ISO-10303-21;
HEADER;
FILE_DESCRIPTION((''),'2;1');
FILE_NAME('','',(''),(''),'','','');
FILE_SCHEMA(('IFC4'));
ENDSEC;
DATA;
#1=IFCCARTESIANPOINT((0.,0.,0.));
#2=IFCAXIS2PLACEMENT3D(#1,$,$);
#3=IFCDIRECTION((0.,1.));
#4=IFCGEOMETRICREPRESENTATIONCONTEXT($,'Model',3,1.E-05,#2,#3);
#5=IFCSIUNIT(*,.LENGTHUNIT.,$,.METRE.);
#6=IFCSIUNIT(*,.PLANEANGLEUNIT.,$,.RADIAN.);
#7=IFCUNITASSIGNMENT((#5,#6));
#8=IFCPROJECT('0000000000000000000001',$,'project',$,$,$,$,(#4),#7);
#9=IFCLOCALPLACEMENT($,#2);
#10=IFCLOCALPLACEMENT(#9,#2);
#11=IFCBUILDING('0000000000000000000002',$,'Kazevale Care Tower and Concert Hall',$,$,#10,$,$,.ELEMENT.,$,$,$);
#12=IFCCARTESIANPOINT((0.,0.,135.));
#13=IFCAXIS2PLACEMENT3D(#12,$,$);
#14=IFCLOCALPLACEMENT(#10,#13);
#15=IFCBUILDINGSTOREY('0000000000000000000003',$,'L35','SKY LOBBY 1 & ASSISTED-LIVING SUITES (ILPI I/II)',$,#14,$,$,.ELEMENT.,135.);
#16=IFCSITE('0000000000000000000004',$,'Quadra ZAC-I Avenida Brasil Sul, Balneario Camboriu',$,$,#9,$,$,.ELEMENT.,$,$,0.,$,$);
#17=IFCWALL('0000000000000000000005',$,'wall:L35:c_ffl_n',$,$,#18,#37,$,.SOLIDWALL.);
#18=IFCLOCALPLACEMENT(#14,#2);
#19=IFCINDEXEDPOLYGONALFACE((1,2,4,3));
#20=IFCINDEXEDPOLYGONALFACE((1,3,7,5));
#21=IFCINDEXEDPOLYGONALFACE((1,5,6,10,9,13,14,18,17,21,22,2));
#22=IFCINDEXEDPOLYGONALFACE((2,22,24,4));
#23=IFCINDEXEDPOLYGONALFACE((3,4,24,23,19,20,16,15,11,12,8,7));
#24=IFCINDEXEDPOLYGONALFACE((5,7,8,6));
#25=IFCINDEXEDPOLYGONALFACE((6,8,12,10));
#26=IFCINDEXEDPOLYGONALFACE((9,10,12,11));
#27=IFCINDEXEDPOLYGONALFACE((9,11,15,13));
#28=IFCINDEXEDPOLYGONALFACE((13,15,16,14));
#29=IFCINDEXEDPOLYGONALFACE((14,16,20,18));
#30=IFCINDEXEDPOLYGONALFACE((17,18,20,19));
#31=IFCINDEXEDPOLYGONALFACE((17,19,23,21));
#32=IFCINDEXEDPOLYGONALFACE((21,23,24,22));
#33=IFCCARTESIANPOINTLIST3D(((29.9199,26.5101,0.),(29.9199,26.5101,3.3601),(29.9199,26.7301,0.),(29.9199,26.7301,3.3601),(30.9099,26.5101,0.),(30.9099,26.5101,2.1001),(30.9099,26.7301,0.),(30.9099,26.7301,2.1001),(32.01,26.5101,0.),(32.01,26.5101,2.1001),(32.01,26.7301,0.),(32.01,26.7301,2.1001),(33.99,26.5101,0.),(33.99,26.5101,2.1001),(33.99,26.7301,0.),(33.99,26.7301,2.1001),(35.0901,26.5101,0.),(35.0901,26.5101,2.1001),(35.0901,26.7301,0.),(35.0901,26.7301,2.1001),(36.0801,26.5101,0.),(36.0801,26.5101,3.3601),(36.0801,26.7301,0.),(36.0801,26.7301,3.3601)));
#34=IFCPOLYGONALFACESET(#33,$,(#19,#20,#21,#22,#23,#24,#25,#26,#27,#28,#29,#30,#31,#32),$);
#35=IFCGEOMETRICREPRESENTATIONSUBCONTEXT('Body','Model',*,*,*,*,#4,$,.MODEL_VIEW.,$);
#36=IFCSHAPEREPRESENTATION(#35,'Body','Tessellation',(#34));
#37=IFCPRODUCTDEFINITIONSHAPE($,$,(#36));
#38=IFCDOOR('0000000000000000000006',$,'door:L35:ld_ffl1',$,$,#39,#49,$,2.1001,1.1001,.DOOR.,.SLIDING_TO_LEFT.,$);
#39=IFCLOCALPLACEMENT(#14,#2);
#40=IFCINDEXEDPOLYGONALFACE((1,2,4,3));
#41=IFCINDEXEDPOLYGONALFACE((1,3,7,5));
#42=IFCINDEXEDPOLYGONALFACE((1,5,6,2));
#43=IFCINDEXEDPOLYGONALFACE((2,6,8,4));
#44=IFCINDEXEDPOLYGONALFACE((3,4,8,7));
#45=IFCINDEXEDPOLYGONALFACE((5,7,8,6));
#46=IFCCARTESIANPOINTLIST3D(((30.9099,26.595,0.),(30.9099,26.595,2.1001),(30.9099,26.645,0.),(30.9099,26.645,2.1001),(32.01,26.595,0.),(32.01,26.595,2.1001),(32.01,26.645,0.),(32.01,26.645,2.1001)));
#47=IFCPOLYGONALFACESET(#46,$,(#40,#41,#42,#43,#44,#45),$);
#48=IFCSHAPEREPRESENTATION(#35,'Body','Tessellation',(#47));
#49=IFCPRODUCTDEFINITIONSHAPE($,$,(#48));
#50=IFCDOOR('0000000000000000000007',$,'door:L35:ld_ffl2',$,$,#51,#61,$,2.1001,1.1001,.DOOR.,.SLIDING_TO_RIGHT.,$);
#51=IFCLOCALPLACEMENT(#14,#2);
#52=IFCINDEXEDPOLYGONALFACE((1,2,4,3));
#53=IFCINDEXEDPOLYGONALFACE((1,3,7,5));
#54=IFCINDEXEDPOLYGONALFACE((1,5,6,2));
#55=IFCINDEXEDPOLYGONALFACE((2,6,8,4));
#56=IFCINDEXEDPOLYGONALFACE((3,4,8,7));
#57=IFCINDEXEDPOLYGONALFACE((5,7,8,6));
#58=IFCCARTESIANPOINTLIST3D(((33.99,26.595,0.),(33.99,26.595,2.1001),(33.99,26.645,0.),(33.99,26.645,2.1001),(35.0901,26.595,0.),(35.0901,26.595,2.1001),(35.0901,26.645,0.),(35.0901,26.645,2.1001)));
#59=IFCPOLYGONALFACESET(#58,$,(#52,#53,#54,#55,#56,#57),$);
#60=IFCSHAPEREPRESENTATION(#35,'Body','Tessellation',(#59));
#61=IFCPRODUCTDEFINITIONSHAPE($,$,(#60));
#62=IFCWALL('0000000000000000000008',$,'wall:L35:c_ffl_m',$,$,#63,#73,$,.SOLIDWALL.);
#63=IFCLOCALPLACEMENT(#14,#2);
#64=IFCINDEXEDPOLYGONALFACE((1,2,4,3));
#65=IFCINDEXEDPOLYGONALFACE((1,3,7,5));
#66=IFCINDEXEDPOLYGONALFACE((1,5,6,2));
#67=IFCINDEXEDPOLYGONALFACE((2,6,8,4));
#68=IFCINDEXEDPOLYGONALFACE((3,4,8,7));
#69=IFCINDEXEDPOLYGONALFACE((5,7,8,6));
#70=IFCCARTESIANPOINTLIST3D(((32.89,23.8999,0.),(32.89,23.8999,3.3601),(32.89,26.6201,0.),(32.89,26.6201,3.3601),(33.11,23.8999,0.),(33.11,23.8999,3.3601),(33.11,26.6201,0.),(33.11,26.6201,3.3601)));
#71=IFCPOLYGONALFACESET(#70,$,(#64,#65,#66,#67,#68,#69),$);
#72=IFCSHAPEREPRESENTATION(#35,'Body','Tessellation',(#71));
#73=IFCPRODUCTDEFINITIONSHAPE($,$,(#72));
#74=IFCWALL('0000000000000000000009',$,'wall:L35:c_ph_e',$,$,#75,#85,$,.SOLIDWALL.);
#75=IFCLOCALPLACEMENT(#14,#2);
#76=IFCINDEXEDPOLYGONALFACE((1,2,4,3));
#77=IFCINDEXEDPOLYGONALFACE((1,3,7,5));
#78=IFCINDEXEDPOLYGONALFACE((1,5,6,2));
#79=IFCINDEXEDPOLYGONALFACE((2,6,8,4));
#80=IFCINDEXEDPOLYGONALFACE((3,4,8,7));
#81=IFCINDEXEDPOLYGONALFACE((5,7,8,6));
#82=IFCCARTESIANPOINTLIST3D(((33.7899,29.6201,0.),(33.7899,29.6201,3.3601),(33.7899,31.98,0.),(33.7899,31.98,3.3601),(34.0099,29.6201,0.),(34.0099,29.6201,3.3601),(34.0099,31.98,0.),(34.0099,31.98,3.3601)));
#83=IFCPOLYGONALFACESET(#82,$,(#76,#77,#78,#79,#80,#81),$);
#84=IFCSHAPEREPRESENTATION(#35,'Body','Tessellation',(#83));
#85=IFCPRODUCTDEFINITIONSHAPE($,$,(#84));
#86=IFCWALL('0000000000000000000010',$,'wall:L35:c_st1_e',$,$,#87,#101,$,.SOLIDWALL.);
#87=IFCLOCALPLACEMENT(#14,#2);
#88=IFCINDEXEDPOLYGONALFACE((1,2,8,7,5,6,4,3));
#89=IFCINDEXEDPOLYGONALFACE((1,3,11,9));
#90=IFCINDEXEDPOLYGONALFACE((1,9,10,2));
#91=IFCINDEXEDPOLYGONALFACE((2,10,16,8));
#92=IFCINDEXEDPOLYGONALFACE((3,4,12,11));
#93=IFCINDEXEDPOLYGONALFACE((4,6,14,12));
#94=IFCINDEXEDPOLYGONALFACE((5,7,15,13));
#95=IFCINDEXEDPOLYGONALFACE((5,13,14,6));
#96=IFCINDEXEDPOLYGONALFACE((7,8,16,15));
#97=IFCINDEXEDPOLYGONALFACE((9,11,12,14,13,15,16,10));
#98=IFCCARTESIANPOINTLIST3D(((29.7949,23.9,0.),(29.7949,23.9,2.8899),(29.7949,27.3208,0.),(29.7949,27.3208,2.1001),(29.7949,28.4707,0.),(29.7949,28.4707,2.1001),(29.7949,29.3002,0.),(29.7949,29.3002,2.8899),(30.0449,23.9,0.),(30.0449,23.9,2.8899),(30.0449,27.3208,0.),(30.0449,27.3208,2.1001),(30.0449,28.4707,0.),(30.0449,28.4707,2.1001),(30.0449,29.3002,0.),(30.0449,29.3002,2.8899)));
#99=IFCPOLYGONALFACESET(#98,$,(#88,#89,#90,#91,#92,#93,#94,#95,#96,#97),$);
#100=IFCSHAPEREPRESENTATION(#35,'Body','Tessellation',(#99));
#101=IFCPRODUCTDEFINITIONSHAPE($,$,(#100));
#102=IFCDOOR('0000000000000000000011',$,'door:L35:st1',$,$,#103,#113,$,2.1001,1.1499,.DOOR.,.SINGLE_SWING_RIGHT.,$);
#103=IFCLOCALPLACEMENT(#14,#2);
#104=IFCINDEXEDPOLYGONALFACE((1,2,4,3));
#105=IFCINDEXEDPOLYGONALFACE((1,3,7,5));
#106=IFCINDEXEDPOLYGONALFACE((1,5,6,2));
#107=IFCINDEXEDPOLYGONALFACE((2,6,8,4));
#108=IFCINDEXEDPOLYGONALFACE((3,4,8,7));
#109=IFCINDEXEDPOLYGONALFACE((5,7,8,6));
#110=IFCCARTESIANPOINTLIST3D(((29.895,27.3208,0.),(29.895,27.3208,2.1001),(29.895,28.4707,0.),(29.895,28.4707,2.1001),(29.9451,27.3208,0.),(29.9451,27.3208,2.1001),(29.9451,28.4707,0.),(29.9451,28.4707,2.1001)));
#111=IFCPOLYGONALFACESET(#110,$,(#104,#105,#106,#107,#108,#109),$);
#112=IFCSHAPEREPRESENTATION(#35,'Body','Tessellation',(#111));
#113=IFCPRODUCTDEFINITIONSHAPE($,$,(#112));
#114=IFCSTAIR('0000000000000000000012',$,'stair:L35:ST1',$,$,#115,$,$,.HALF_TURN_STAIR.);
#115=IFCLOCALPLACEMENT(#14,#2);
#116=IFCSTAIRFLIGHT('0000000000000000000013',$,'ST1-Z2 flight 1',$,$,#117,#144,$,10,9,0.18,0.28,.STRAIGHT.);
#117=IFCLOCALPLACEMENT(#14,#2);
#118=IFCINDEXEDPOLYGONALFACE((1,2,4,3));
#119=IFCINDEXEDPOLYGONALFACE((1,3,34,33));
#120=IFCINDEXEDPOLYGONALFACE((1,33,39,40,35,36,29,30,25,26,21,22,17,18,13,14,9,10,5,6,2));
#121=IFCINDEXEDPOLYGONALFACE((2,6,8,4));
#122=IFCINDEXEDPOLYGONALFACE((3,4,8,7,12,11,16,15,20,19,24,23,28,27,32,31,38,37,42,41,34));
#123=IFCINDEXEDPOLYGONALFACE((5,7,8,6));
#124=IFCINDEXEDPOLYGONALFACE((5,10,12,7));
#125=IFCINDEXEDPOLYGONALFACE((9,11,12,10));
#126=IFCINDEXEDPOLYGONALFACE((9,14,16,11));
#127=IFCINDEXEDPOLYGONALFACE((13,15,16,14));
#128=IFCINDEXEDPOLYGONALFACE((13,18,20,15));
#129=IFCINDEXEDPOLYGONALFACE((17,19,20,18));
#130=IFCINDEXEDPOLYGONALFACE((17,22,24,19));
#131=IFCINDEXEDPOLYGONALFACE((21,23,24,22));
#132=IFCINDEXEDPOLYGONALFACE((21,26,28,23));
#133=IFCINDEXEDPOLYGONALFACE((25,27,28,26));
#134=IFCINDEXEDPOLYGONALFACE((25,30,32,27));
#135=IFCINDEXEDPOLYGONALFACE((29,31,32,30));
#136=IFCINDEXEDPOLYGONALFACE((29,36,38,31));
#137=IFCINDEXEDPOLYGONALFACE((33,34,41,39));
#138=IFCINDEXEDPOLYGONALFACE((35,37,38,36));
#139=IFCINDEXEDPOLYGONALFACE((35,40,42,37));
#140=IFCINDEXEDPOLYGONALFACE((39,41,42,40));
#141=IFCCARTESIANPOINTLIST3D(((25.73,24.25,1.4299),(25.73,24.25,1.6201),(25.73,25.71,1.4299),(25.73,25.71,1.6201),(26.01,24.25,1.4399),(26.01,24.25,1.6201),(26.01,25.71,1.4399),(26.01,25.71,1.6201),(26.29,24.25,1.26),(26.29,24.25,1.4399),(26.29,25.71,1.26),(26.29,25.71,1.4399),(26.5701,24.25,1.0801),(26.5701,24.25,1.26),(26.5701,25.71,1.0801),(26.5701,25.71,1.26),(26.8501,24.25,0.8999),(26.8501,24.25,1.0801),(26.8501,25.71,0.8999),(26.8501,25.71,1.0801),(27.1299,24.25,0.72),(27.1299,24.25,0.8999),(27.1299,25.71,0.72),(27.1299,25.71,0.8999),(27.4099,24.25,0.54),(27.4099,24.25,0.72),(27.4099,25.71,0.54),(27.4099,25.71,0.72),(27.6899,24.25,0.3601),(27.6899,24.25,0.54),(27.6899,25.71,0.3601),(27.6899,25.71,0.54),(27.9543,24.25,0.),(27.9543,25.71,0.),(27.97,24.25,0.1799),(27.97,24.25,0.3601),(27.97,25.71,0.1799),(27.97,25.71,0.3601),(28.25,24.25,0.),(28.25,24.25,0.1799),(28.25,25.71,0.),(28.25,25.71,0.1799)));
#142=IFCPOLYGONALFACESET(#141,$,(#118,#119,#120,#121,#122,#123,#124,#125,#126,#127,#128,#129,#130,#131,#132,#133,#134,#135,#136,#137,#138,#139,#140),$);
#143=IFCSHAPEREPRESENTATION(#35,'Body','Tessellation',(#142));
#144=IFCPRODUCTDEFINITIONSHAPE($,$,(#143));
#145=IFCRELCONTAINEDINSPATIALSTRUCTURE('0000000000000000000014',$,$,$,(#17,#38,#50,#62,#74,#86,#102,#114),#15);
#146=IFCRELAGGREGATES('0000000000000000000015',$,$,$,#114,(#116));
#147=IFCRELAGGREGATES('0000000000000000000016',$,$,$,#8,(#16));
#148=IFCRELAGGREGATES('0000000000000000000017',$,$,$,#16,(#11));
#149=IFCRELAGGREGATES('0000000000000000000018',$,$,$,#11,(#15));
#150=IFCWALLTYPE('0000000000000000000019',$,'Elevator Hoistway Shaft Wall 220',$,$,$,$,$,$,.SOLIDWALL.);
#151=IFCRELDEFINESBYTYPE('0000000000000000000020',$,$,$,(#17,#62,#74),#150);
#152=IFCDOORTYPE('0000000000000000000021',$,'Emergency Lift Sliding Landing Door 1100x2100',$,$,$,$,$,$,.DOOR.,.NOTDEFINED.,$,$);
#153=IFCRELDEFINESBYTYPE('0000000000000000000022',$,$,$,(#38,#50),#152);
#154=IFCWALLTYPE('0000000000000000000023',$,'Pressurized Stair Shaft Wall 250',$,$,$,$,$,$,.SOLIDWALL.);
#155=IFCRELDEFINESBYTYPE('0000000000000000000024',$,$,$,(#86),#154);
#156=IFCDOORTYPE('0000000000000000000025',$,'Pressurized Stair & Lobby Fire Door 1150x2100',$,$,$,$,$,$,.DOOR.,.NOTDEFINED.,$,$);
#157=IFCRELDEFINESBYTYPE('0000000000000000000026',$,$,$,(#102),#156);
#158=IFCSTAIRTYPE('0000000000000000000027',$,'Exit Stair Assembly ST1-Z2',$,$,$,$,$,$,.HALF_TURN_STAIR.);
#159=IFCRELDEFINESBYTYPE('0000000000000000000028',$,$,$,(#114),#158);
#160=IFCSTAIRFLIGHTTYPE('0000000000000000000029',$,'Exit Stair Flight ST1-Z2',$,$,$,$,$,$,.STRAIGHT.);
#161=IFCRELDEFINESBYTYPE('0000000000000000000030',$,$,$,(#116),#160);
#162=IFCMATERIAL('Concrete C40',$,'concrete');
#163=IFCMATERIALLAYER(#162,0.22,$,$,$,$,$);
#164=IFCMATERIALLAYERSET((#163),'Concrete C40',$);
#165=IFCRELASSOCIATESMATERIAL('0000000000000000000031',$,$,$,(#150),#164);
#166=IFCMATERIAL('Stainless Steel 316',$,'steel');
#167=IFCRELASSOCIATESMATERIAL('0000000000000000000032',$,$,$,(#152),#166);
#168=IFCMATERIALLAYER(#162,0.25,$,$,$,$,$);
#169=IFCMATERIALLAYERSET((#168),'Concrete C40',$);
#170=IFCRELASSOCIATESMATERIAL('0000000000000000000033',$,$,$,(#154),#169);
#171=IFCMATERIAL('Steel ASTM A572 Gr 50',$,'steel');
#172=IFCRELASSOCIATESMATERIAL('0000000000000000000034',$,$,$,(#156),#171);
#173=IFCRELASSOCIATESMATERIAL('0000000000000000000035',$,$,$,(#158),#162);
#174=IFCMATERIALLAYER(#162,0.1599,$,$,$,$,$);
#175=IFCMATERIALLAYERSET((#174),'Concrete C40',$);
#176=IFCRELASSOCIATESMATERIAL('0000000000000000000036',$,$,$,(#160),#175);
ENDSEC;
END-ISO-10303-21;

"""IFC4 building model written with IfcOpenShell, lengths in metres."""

from ifc_helpers import new_model, si_unit, direction, frame, frame_2d, origin, place, context, subcontext, project, spatial, polyline, rectangle, outline, extrude, material, layer, layer_set, type_object, element, fill, aggregate, save


model = new_model("IFC4")

# Units and contexts
model_context = context("Model", 3, precision=1e-05, world=origin(), true_north=direction((0.0, 1.0)))
body_context = subcontext(model_context, "Body", "Model", "MODEL_VIEW")
ifc_project = project(units=[si_unit("LENGTHUNIT", "METRE"), si_unit("PLANEANGLEUNIT", "RADIAN")], contexts=[model_context])

# Site, building, storey
site_placement = place(None, origin())
site = spatial("IfcSite", under=ifc_project, at=site_placement, Name="Quadra ZAC-I Avenida Brasil Sul, Balneario Camboriu", CompositionType="ELEMENT", RefElevation=0.0)
building_placement = place(site_placement, origin())
building = spatial("IfcBuilding", under=site, at=building_placement, Name="Kazevale Care Tower and Concert Hall", CompositionType="ELEMENT")
storey_placement = place(building_placement, frame((0.0, 0.0, 135.0)))
storey = spatial("IfcBuildingStorey", under=building, at=storey_placement, Name="L35", Description="SKY LOBBY 1 & ASSISTED-LIVING SUITES (ILPI I/II)", CompositionType="ELEMENT", Elevation=135.0)

# Shared definitions
ifc_material_1 = material(Name="Steel ASTM A572 Gr 50", Category="steel")

# Wall, openings, doors
ifc_material_2 = material(Name="Concrete C40", Category="concrete")
ifc_layer_1 = layer(ifc_material_2, 0.22)
ifc_layer_set_1 = layer_set([ifc_layer_1], Name="Concrete C40")
wall_type_1 = type_object("IfcWallType", Name="Elevator Hoistway Shaft Wall 220", PredefinedType="SOLIDWALL", material=ifc_layer_set_1)
wall_1_placement = place(storey_placement, frame((29.9199, 26.6201, 0.0), z_axis=(0.0, 0.0, 1.0), x_axis=(1.0, 0.0, 0.0)))
wall_1 = element("IfcWall", 1, at=wall_1_placement, inside=storey, type_object=wall_type_1, Name="wall:L35:c_ffl_n", PredefinedType="SOLIDWALL", context=body_context, shape_type="SweptSolid", body=[
    extrude(rectangle(XDim=6.1602, YDim=0.22, at=frame_2d((3.0801, 0.0))), origin(), (0.0, 0.0, 1.0), 3.3601),
])
opening_1_placement = place(wall_1_placement, frame((0.99, 0.0, 0.0)))
opening_1 = element("IfcOpeningElement", 2, at=opening_1_placement, cuts=wall_1, PredefinedType="OPENING", context=body_context, shape_type="SweptSolid", body=[
    extrude(rectangle(XDim=1.1001, YDim=2.1001, at=frame_2d((0.55, 1.05))), frame((0.0, 0.1199, 0.0), z_axis=(0.0, -1.0, 0.0), x_axis=(1.0, 0.0, 0.0)), (0.0, 0.0, 1.0), 0.24),
])
opening_2_placement = place(wall_1_placement, frame((4.0701, 0.0, 0.0)))
opening_2 = element("IfcOpeningElement", 3, at=opening_2_placement, cuts=wall_1, PredefinedType="OPENING", context=body_context, shape_type="SweptSolid", body=[
    extrude(rectangle(XDim=1.1001, YDim=2.1001, at=frame_2d((0.55, 1.05))), frame((0.0, 0.1199, 0.0), z_axis=(0.0, -1.0, 0.0), x_axis=(1.0, 0.0, 0.0)), (0.0, 0.0, 1.0), 0.24),
])
ifc_material_3 = material(Name="Stainless Steel 316", Category="steel")
door_type_1 = type_object("IfcDoorType", Name="Emergency Lift Sliding Landing Door 1100x2100", OperationType="NOTDEFINED", PredefinedType="DOOR", material=ifc_material_3)
door_1_placement = place(opening_1_placement, origin())
door_1 = element("IfcDoor", 4, at=door_1_placement, inside=storey, type_object=door_type_1, Name="door:L35:ld_ffl1", OperationType="SLIDING_TO_LEFT", OverallHeight=2.1001, OverallWidth=1.1001, PredefinedType="DOOR", context=body_context, shape_type="SweptSolid", body=[
    extrude(rectangle(XDim=1.1001, YDim=2.1001, at=frame_2d((0.55, 1.05))), frame((0.0, 0.0249, 0.0), z_axis=(0.0, -1.0, 0.0), x_axis=(1.0, 0.0, 0.0)), (0.0, 0.0, 1.0), 0.05),
])
fill(opening_1, door_1)
door_2_placement = place(opening_2_placement, origin())
door_2 = element("IfcDoor", 5, at=door_2_placement, inside=storey, type_object=door_type_1, Name="door:L35:ld_ffl2", OperationType="SLIDING_TO_RIGHT", OverallHeight=2.1001, OverallWidth=1.1001, PredefinedType="DOOR", context=body_context, shape_type="SweptSolid", body=[
    extrude(rectangle(XDim=1.1001, YDim=2.1001, at=frame_2d((0.55, 1.05))), frame((0.0, 0.0249, 0.0), z_axis=(0.0, -1.0, 0.0), x_axis=(1.0, 0.0, 0.0)), (0.0, 0.0, 1.0), 0.05),
])
fill(opening_2, door_2)

# Walls
wall_2_placement = place(storey_placement, frame((33.0, 23.8999, 0.0), z_axis=(0.0, 0.0, 1.0), x_axis=(0.0, 1.0, 0.0)))
element("IfcWall", 6, at=wall_2_placement, inside=storey, type_object=wall_type_1, Name="wall:L35:c_ffl_m", PredefinedType="SOLIDWALL", context=body_context, shape_type="SweptSolid", body=[
    extrude(rectangle(XDim=2.7202, YDim=0.22, at=frame_2d((1.3601, 0.0))), origin(), (0.0, 0.0, 1.0), 3.3601),
])
wall_3_placement = place(storey_placement, frame((33.8999, 29.6201, 0.0), z_axis=(0.0, 0.0, 1.0), x_axis=(0.0, 1.0, 0.0)))
element("IfcWall", 7, at=wall_3_placement, inside=storey, type_object=wall_type_1, Name="wall:L35:c_ph_e", PredefinedType="SOLIDWALL", context=body_context, shape_type="SweptSolid", body=[
    extrude(rectangle(XDim=2.3599, YDim=0.22, at=frame_2d((1.1799, 0.0))), origin(), (0.0, 0.0, 1.0), 3.3601),
])

# Wall, opening, door
ifc_layer_2 = layer(ifc_material_2, 0.25)
ifc_layer_set_2 = layer_set([ifc_layer_2], Name="Concrete C40")
wall_type_2 = type_object("IfcWallType", Name="Pressurized Stair Shaft Wall 250", PredefinedType="SOLIDWALL", material=ifc_layer_set_2)
wall_4_placement = place(storey_placement, frame((29.9199, 23.8999, 0.0), z_axis=(0.0, 0.0, 1.0), x_axis=(0.0, 1.0, 0.0)))
wall_4 = element("IfcWall", 8, at=wall_4_placement, inside=storey, type_object=wall_type_2, Name="wall:L35:c_st1_e", PredefinedType="SOLIDWALL", context=body_context, shape_type="SweptSolid", body=[
    extrude(rectangle(XDim=5.4001, YDim=0.25, at=frame_2d((2.7002, 0.0))), origin(), (0.0, 0.0, 1.0), 2.8899),
])
opening_3_placement = place(wall_4_placement, frame((3.4209, 0.0, 0.0)))
opening_3 = element("IfcOpeningElement", 9, at=opening_3_placement, cuts=wall_4, PredefinedType="OPENING", context=body_context, shape_type="SweptSolid", body=[
    extrude(rectangle(XDim=1.1499, YDim=2.1001, at=frame_2d((0.575, 1.05))), frame((0.0, 0.135, 0.0), z_axis=(0.0, -1.0, 0.0), x_axis=(1.0, 0.0, 0.0)), (0.0, 0.0, 1.0), 0.27),
])
door_type_2 = type_object("IfcDoorType", Name="Pressurized Stair & Lobby Fire Door 1150x2100", OperationType="NOTDEFINED", PredefinedType="DOOR", material=ifc_material_1)
door_3_placement = place(opening_3_placement, origin())
door_3 = element("IfcDoor", 10, at=door_3_placement, inside=storey, type_object=door_type_2, Name="door:L35:st1", OperationType="SINGLE_SWING_RIGHT", OverallHeight=2.1001, OverallWidth=1.1499, PredefinedType="DOOR", context=body_context, shape_type="SweptSolid", body=[
    extrude(rectangle(XDim=1.1499, YDim=2.1001, at=frame_2d((0.575, 1.05))), frame((0.0, 0.0249, 0.0), z_axis=(0.0, -1.0, 0.0), x_axis=(1.0, 0.0, 0.0)), (0.0, 0.0, 1.0), 0.05),
])
fill(opening_3, door_3)

# Stair, stair flight
stair_type = type_object("IfcStairType", Name="Exit Stair Assembly ST1-Z2", PredefinedType="HALF_TURN_STAIR", material=ifc_material_2)
stair_placement = place(storey_placement, origin())
stair = element("IfcStair", 11, at=stair_placement, inside=storey, type_object=stair_type, Name="stair:L35:ST1", PredefinedType="HALF_TURN_STAIR")
ifc_layer_3 = layer(ifc_material_2, 0.1599)
ifc_layer_set_3 = layer_set([ifc_layer_3], Name="Concrete C40")
stair_flight_type = type_object("IfcStairFlightType", Name="Exit Stair Flight ST1-Z2", PredefinedType="STRAIGHT", material=ifc_layer_set_3)
stair_flight_placement = place(storey_placement, frame((28.25, 24.98, 0.0), z_axis=(0.0, 0.0, 1.0), x_axis=(-1.0, 0.0, 0.0)))
stair_flight = element("IfcStairFlight", 12, at=stair_flight_placement, type_object=stair_flight_type, Name="ST1-Z2 flight 1", NumberOfRisers=10, NumberOfTreads=9, PredefinedType="STRAIGHT", RiserHeight=0.18, TreadLength=0.28, context=body_context, shape_type="SweptSolid", body=[
    extrude(outline(polyline([(0.0, 0.0), (0.0, 0.1799), (0.28, 0.1799), (0.28, 0.3601), (0.5601, 0.3601), (0.5601, 0.54), (0.8401, 0.54), (0.8401, 0.72), (1.1201, 0.72), (1.1201, 0.8999), (1.3999, 0.8999), (1.3999, 1.0801), (1.6799, 1.0801), (1.6799, 1.26), (1.96, 1.26), (1.96, 1.4399), (2.24, 1.4399), (2.24, 1.6201), (2.52, 1.6201), (2.52, 1.8), (2.52, 1.4299), (0.2957, 0.0), (0.0, 0.0)])), frame((0.0, 0.73, 0.0), z_axis=(0.0, -1.0, 0.0), x_axis=(1.0, 0.0, 0.0)), (0.0, 0.0, 1.0), 1.46),
])
aggregate(stair, [stair_flight])

save(model, "model.ifc")
